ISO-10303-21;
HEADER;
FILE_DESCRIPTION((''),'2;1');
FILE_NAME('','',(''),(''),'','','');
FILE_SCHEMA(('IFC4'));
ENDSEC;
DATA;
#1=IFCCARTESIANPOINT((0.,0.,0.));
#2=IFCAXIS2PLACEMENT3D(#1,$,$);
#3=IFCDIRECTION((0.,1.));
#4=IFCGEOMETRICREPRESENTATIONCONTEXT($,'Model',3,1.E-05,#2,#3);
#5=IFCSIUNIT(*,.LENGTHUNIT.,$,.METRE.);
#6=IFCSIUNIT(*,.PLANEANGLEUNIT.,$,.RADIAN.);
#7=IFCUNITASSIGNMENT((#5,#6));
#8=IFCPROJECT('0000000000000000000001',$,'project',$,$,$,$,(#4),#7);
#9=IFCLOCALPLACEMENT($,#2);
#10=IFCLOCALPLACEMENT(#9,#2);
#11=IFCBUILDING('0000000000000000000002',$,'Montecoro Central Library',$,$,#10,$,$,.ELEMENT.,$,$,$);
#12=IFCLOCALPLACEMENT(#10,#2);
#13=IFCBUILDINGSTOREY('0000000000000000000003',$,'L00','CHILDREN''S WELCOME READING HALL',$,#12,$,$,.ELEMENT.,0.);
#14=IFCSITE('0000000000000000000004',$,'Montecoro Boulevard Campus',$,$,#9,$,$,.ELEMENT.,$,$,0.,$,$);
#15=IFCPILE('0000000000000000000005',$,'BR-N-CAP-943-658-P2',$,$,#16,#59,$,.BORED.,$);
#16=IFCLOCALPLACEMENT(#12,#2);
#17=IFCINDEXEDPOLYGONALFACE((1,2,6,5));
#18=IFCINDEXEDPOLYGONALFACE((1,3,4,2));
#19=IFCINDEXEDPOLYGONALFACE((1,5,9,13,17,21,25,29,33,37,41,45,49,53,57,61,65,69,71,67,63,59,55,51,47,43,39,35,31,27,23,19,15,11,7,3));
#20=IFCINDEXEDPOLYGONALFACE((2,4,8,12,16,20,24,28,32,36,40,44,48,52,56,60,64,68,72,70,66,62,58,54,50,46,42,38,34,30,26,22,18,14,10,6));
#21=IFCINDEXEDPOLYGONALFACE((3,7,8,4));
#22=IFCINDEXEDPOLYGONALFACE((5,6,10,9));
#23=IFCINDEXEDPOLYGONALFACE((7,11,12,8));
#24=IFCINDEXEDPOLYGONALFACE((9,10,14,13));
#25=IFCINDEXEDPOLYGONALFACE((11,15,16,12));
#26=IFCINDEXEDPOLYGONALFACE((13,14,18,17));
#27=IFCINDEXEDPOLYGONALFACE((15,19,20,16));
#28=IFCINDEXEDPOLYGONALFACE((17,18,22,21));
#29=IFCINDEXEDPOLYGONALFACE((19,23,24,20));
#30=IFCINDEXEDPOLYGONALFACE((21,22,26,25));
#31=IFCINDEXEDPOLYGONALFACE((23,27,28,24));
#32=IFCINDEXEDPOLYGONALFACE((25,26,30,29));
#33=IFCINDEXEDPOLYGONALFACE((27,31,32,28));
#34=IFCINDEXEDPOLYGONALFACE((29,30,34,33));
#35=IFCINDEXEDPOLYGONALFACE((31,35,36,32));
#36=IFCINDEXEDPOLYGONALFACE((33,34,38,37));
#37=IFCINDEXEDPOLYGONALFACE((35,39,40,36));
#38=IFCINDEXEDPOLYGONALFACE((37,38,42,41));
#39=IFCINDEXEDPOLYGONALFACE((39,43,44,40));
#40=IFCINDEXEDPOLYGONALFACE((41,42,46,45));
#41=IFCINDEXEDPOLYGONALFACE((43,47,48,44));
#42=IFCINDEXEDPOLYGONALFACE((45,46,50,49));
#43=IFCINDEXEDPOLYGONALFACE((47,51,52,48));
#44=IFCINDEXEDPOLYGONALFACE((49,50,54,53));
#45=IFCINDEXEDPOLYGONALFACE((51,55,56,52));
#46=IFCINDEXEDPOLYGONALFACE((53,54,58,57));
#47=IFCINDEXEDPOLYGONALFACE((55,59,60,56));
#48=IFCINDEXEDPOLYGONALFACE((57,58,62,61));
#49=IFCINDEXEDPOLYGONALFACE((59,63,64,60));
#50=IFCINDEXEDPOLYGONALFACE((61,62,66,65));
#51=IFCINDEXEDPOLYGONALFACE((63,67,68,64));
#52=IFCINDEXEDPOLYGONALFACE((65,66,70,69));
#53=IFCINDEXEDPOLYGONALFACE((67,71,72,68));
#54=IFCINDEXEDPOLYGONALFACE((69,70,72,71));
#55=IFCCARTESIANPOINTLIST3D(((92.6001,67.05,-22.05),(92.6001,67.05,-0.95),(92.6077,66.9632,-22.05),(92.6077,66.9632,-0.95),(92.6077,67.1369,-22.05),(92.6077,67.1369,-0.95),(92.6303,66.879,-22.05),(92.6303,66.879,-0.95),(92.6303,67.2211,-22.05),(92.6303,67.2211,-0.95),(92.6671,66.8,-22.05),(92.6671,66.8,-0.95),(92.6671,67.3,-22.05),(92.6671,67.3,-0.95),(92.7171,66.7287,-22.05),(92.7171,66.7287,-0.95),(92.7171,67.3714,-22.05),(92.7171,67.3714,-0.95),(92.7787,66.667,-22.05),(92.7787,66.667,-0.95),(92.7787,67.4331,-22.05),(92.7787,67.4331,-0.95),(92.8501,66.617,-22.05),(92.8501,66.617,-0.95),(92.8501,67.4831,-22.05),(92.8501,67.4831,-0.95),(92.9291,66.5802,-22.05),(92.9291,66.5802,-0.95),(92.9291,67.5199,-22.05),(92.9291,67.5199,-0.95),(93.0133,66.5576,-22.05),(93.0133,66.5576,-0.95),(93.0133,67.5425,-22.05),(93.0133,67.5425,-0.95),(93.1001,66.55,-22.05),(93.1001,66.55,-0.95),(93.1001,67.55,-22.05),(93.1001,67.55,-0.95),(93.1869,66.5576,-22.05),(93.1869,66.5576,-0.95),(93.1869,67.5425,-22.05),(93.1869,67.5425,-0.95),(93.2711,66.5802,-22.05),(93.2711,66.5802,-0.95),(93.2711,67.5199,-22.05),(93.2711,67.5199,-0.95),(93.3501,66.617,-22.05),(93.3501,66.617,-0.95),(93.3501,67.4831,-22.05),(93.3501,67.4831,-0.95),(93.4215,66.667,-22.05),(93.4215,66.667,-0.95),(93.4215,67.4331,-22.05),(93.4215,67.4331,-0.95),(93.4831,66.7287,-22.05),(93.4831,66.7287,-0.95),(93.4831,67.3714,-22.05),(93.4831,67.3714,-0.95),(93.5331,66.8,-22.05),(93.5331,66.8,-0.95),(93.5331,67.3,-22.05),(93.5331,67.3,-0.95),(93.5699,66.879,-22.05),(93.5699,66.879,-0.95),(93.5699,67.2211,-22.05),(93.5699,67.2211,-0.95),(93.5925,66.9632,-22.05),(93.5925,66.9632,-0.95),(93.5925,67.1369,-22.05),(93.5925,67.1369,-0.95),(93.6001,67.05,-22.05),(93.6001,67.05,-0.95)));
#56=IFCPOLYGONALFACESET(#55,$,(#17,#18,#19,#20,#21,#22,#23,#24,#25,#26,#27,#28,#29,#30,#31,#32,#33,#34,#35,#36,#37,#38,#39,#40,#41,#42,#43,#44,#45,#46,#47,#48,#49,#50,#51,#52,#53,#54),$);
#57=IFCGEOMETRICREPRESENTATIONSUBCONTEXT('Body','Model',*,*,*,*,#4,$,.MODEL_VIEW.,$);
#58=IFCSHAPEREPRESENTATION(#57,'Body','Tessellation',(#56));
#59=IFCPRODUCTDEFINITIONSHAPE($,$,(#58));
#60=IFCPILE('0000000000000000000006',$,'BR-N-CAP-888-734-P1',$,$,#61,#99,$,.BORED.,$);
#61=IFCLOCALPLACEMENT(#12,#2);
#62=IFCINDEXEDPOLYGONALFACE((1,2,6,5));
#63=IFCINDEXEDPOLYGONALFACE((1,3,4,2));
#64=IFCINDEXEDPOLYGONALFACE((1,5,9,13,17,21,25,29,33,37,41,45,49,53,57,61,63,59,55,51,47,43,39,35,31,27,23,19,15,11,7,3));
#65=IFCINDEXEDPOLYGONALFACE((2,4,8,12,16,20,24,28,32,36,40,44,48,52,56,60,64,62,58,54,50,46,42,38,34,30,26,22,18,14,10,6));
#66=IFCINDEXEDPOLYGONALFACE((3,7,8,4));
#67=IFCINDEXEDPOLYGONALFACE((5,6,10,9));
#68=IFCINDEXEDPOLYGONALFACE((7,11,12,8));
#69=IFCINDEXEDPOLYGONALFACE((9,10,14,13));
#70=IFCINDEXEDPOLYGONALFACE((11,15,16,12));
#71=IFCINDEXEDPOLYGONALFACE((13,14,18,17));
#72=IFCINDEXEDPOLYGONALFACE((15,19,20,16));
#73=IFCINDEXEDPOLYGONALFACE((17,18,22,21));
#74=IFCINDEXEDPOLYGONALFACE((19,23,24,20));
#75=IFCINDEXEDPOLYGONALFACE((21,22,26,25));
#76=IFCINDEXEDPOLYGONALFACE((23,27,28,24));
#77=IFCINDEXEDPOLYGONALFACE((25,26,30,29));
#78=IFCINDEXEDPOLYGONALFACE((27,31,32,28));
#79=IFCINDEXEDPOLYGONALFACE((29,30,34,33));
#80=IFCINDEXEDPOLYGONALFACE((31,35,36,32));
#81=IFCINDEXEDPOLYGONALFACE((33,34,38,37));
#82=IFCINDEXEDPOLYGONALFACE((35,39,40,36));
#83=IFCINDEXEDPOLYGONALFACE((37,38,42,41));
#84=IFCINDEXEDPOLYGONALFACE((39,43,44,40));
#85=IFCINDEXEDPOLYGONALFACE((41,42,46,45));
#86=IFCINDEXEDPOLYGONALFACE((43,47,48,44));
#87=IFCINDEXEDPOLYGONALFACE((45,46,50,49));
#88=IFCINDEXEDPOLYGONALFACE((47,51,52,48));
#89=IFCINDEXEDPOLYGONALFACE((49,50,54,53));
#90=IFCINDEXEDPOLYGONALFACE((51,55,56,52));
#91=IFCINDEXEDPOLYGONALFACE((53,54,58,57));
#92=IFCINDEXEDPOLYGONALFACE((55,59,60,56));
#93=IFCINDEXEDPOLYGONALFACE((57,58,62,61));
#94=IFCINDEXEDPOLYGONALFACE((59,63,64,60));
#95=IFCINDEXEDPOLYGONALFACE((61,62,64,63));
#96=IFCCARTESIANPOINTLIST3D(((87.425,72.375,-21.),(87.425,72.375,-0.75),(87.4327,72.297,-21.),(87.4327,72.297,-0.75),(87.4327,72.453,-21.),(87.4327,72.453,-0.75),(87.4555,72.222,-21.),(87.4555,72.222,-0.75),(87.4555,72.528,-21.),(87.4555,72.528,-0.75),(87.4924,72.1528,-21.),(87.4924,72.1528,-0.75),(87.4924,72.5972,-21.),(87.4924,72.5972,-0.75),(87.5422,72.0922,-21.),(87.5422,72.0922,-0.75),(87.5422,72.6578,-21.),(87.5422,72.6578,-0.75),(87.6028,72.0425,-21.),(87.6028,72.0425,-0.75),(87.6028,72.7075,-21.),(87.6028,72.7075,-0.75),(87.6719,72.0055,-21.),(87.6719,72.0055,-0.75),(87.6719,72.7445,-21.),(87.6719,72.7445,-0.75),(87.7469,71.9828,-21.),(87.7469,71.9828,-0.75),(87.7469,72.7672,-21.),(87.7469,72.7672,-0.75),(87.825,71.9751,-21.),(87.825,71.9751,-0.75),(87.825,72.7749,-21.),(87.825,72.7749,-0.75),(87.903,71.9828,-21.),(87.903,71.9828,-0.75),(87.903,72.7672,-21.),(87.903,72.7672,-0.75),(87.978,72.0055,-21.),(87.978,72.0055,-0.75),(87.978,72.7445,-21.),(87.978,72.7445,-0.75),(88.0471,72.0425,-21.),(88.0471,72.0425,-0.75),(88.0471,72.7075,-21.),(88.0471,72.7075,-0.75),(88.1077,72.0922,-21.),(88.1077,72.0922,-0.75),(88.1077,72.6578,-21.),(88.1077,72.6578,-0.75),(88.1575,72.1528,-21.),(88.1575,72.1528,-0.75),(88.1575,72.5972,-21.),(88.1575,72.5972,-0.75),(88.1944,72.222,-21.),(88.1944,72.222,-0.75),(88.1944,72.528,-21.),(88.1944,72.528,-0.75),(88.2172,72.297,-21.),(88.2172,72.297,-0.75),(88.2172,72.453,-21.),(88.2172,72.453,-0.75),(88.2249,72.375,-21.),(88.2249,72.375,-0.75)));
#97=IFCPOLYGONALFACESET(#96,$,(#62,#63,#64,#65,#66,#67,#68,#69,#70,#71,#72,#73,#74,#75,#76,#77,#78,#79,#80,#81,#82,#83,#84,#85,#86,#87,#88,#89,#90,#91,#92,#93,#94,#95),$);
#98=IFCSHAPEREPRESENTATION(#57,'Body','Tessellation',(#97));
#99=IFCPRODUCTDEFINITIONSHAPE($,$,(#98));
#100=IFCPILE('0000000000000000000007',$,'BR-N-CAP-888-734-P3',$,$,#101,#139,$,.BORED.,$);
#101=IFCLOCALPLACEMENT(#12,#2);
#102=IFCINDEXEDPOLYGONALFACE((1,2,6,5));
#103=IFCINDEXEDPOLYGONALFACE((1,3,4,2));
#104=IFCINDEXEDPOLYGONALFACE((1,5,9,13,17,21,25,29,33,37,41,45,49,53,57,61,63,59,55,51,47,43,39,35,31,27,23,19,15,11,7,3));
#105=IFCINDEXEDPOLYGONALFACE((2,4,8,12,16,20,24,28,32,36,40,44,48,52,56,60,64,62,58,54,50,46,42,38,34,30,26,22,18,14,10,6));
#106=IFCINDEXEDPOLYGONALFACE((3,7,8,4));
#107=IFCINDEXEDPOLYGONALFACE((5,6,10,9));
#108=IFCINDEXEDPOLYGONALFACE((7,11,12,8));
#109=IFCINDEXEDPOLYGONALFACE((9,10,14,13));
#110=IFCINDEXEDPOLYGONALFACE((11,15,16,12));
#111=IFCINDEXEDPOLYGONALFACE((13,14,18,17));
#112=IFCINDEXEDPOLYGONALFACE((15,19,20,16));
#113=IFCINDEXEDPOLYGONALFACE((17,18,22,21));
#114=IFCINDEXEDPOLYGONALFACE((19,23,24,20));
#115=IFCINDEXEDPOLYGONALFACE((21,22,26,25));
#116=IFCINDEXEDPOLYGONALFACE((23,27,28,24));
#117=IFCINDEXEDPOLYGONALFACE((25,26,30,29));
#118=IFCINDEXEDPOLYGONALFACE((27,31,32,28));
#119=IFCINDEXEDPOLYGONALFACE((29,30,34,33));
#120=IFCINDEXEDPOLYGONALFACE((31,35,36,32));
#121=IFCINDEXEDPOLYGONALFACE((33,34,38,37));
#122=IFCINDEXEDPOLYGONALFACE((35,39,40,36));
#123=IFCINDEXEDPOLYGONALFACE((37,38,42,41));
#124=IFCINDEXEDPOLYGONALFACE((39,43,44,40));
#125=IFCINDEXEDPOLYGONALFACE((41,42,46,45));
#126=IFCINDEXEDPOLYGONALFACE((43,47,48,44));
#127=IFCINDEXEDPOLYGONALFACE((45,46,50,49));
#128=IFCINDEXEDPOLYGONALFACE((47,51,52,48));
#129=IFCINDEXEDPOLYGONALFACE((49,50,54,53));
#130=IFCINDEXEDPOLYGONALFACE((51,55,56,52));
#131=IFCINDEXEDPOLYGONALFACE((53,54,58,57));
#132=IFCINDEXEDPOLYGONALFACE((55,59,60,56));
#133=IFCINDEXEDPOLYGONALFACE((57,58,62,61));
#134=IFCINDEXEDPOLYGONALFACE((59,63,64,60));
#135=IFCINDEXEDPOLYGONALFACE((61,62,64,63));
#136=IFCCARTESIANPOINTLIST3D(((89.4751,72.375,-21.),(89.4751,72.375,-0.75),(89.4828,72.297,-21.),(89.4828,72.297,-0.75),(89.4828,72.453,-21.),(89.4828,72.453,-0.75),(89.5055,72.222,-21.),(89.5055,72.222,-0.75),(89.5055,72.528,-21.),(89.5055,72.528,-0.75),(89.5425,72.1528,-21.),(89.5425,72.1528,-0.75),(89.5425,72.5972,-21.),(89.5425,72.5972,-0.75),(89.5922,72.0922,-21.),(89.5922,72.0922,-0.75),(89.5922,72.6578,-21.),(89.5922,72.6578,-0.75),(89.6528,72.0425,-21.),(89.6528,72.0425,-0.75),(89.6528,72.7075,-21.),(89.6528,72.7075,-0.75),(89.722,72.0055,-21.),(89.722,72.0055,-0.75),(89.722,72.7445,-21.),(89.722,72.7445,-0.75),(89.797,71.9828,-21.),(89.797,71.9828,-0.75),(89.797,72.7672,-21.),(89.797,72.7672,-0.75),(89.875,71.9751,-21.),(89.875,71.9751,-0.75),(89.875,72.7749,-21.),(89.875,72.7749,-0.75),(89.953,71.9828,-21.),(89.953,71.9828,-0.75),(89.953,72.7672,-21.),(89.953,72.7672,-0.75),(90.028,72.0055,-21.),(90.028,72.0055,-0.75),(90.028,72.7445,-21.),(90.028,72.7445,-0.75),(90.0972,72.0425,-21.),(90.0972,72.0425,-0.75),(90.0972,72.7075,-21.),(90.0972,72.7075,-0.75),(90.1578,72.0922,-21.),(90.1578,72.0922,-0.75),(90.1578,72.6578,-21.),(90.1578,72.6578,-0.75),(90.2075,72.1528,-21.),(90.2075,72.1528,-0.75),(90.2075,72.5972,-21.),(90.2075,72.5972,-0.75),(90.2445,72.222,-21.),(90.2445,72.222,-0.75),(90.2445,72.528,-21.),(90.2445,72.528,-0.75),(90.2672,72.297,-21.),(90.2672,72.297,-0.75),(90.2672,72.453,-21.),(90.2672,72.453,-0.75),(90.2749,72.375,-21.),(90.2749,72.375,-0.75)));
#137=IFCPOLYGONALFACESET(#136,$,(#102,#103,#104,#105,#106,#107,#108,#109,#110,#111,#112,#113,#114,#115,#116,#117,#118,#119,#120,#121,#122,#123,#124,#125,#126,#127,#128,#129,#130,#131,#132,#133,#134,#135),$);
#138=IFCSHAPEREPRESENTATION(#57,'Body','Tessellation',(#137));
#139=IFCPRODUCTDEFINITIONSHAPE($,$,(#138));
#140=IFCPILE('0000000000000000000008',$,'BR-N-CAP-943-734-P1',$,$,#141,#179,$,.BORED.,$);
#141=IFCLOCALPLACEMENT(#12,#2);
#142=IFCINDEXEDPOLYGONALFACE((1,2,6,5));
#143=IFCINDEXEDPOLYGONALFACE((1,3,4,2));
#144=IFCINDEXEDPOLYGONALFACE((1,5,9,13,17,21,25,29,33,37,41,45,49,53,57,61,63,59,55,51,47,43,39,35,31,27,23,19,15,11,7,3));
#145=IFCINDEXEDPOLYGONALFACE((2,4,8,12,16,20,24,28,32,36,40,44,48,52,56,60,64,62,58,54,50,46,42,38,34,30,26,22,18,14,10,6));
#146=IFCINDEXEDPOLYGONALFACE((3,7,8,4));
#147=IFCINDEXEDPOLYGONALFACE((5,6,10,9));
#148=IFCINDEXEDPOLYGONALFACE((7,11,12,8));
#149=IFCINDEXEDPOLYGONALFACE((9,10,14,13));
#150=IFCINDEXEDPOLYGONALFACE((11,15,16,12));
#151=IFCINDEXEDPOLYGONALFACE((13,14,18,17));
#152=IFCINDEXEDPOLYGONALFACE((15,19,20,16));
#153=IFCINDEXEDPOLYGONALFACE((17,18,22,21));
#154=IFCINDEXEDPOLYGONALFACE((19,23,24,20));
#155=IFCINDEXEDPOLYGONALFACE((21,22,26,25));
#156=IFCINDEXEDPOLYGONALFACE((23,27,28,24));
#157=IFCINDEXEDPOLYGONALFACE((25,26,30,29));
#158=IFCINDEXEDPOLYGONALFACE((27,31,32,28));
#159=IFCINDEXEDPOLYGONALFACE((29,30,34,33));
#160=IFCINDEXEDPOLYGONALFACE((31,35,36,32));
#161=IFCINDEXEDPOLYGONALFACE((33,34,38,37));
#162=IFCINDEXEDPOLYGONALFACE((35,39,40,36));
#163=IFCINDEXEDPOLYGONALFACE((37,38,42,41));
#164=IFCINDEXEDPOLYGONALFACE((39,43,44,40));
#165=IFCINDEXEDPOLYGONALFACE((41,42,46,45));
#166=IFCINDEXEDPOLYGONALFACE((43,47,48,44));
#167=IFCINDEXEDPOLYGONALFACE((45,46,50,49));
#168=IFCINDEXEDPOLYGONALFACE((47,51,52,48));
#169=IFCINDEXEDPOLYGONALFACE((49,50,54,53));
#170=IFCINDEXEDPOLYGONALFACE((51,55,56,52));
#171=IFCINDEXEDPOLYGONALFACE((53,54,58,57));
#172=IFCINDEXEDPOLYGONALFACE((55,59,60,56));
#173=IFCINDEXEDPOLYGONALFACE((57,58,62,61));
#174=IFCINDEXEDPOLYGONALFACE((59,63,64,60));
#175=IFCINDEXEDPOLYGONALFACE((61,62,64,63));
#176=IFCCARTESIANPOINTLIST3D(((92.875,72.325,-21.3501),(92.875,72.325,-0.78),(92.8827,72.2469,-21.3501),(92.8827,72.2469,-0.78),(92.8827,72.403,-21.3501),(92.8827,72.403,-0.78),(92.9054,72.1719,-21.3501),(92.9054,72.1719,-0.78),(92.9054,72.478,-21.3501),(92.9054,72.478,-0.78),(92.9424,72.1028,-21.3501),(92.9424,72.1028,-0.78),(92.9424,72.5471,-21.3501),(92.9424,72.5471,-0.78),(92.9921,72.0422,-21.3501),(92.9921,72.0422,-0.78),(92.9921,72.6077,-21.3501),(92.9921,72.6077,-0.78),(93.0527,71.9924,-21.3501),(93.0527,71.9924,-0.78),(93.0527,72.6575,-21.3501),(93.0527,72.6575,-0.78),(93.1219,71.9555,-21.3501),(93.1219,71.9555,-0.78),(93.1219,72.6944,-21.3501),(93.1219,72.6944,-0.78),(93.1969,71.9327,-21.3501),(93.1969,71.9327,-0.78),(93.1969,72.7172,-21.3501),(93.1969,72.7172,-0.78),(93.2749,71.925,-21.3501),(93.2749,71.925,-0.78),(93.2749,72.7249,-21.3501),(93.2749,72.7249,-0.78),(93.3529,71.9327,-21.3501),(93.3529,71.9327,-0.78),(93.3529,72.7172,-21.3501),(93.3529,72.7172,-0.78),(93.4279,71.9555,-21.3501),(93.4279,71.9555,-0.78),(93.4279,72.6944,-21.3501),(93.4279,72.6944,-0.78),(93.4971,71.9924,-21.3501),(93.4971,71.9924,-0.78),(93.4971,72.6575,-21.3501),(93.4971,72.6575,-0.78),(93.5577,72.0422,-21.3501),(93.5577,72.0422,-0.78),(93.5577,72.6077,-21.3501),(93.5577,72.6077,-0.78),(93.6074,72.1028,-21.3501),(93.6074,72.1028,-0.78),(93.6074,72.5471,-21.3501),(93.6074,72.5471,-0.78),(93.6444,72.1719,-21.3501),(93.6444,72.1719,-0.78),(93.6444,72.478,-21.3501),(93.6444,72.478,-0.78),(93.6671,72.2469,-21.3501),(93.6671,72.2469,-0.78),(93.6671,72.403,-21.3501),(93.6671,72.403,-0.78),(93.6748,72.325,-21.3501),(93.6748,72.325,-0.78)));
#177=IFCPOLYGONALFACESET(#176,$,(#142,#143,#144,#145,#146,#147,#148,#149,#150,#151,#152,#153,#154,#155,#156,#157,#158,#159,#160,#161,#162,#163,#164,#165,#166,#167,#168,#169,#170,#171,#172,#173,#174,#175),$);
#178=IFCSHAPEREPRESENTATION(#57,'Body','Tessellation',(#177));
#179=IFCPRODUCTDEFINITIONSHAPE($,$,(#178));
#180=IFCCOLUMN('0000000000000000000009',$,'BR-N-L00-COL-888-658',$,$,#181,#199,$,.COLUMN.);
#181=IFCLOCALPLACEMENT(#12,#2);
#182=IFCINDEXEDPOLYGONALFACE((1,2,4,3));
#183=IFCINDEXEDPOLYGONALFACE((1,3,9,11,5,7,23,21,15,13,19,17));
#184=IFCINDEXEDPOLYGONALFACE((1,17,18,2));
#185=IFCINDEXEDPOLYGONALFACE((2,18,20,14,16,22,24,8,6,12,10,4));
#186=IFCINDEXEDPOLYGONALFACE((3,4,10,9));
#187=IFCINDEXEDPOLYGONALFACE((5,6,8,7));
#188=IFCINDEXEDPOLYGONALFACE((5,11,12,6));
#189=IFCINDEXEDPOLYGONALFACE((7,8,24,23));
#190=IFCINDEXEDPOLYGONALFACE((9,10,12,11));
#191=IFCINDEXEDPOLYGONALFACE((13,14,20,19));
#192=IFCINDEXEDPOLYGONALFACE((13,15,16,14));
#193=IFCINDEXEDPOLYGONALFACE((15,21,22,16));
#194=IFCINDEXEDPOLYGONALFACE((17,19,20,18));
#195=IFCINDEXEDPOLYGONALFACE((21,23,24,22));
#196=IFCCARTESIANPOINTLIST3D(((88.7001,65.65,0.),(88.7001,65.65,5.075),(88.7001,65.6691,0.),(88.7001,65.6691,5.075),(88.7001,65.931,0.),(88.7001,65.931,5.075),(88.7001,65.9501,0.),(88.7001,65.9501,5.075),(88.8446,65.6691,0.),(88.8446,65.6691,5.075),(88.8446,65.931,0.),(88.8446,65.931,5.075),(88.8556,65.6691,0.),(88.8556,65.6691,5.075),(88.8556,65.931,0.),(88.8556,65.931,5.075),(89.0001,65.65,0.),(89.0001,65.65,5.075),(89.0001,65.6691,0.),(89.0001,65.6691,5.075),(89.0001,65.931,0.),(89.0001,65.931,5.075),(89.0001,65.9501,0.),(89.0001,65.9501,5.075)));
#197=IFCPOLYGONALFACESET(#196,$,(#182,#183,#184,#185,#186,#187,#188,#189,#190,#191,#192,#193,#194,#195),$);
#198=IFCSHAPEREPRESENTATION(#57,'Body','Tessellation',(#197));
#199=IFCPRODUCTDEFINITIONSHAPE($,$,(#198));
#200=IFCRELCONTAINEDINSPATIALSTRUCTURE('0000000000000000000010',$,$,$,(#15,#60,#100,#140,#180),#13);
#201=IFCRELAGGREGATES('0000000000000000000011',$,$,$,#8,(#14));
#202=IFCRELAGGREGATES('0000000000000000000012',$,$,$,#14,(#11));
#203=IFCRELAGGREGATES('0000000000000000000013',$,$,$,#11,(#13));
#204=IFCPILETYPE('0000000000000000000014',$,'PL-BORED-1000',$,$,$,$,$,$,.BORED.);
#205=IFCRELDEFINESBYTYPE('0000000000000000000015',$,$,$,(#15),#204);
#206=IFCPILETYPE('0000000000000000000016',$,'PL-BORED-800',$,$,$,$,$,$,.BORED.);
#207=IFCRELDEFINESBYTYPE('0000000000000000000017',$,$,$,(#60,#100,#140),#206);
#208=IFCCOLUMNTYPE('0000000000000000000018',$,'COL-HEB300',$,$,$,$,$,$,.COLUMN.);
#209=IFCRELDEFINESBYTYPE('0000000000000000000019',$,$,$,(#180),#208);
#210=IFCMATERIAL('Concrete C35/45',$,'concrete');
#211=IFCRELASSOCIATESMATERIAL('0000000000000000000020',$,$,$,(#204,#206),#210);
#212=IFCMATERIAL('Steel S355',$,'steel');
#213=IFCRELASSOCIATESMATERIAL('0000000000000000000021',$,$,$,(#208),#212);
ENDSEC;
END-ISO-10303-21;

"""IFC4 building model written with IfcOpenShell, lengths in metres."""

from ifc_helpers import new_model, si_unit, direction, frame, origin, origin_2d, place, context, subcontext, project, spatial, circle, i_section, extrude, material, material_profile, profile_set, type_object, element, save


model = new_model("IFC4")

# Units and contexts
model_context = context("Model", 3, precision=1e-05, world=origin(), true_north=direction((0.0, 1.0)))
body_context = subcontext(model_context, "Body", "Model", "MODEL_VIEW")
ifc_project = project(units=[si_unit("LENGTHUNIT", "METRE"), si_unit("PLANEANGLEUNIT", "RADIAN")], contexts=[model_context])

# Site, building, storey
site_placement = place(None, origin())
site = spatial("IfcSite", under=ifc_project, at=site_placement, Name="Montecoro Boulevard Campus", CompositionType="ELEMENT", RefElevation=0.0)
building_placement = place(site_placement, origin())
building = spatial("IfcBuilding", under=site, at=building_placement, Name="Montecoro Central Library", CompositionType="ELEMENT")
storey_placement = place(building_placement, origin())
storey = spatial("IfcBuildingStorey", under=building, at=storey_placement, Name="L00", Description="CHILDREN'S WELCOME READING HALL", CompositionType="ELEMENT", Elevation=0.0)

# Shared definitions
ifc_material_1 = material(Name="Concrete C35/45", Category="concrete")

# Piles
ifc_material_profile_1 = material_profile(ifc_material_1, circle(Radius=0.5, at=origin_2d()), Name="PILE D1000")
ifc_profile_set_1 = profile_set([ifc_material_profile_1], Name="Concrete C35/45")
pile_type_1 = type_object("IfcPileType", Name="PL-BORED-1000", PredefinedType="BORED", material=ifc_profile_set_1)
for number, where, z_axis, x_axis, name in (
    (1, (93.1001, 67.05, -0.95), (0.0, 0.0, -1.0), (1.0, 0.0, 0.0), "BR-N-CAP-943-658-P2"),
):
    element("IfcPile", number, at=place(storey_placement, frame(where, z_axis=z_axis, x_axis=x_axis)), inside=storey, type_object=pile_type_1, Name=name, PredefinedType="BORED", context=body_context, shape_type="SweptSolid", body=[
        extrude(circle(Radius=0.5, at=origin_2d()), origin(), (0.0, 0.0, 1.0), 21.1001),
    ])
ifc_material_profile_2 = material_profile(ifc_material_1, circle(Radius=0.3999, at=origin_2d()), Name="PILE D800")
ifc_profile_set_2 = profile_set([ifc_material_profile_2], Name="Concrete C35/45")
pile_type_2 = type_object("IfcPileType", Name="PL-BORED-800", PredefinedType="BORED", material=ifc_profile_set_2)
for number, where, z_axis, x_axis, name in (
    (2, (87.825, 72.375, -0.75), (0.0, 0.0, -1.0), (1.0, 0.0, 0.0), "BR-N-CAP-888-734-P1"),
    (3, (89.875, 72.375, -0.75), (0.0, 0.0, -1.0), (1.0, 0.0, 0.0), "BR-N-CAP-888-734-P3"),
):
    element("IfcPile", number, at=place(storey_placement, frame(where, z_axis=z_axis, x_axis=x_axis)), inside=storey, type_object=pile_type_2, Name=name, PredefinedType="BORED", context=body_context, shape_type="SweptSolid", body=[
        extrude(circle(Radius=0.3999, at=origin_2d()), origin(), (0.0, 0.0, 1.0), 20.25),
    ])
pile_placement = place(storey_placement, frame((93.2749, 72.325, -0.78), z_axis=(0.0, 0.0, -1.0), x_axis=(1.0, 0.0, 0.0)))
element("IfcPile", 4, at=pile_placement, inside=storey, type_object=pile_type_2, Name="BR-N-CAP-943-734-P1", PredefinedType="BORED", context=body_context, shape_type="SweptSolid", body=[
    extrude(circle(Radius=0.3999, at=origin_2d()), origin(), (0.0, 0.0, 1.0), 20.5701),
])

# Column
ifc_material_2 = material(Name="Steel S355", Category="steel")
ifc_material_profile_3 = material_profile(ifc_material_2, i_section(OverallWidth=0.3, OverallDepth=0.3, WebThickness=0.011, FlangeThickness=0.019, at=origin_2d()), Name="HEB 300")
ifc_profile_set_3 = profile_set([ifc_material_profile_3], Name="Steel S355")
column_type = type_object("IfcColumnType", Name="COL-HEB300", PredefinedType="COLUMN", material=ifc_profile_set_3)
for number, where, z_axis, x_axis, name in (
    (5, (88.8501, 65.8, 0.0), (0.0, 0.0, 1.0), (1.0, 0.0, 0.0), "BR-N-L00-COL-888-658"),
):
    element("IfcColumn", number, at=place(storey_placement, frame(where, z_axis=z_axis, x_axis=x_axis)), inside=storey, type_object=column_type, Name=name, PredefinedType="COLUMN", context=body_context, shape_type="SweptSolid", body=[
        extrude(i_section(OverallWidth=0.3, OverallDepth=0.3, WebThickness=0.011, FlangeThickness=0.019, at=origin_2d()), origin(), (0.0, 0.0, 1.0), 5.075),
    ])

save(model, "model.ifc")
